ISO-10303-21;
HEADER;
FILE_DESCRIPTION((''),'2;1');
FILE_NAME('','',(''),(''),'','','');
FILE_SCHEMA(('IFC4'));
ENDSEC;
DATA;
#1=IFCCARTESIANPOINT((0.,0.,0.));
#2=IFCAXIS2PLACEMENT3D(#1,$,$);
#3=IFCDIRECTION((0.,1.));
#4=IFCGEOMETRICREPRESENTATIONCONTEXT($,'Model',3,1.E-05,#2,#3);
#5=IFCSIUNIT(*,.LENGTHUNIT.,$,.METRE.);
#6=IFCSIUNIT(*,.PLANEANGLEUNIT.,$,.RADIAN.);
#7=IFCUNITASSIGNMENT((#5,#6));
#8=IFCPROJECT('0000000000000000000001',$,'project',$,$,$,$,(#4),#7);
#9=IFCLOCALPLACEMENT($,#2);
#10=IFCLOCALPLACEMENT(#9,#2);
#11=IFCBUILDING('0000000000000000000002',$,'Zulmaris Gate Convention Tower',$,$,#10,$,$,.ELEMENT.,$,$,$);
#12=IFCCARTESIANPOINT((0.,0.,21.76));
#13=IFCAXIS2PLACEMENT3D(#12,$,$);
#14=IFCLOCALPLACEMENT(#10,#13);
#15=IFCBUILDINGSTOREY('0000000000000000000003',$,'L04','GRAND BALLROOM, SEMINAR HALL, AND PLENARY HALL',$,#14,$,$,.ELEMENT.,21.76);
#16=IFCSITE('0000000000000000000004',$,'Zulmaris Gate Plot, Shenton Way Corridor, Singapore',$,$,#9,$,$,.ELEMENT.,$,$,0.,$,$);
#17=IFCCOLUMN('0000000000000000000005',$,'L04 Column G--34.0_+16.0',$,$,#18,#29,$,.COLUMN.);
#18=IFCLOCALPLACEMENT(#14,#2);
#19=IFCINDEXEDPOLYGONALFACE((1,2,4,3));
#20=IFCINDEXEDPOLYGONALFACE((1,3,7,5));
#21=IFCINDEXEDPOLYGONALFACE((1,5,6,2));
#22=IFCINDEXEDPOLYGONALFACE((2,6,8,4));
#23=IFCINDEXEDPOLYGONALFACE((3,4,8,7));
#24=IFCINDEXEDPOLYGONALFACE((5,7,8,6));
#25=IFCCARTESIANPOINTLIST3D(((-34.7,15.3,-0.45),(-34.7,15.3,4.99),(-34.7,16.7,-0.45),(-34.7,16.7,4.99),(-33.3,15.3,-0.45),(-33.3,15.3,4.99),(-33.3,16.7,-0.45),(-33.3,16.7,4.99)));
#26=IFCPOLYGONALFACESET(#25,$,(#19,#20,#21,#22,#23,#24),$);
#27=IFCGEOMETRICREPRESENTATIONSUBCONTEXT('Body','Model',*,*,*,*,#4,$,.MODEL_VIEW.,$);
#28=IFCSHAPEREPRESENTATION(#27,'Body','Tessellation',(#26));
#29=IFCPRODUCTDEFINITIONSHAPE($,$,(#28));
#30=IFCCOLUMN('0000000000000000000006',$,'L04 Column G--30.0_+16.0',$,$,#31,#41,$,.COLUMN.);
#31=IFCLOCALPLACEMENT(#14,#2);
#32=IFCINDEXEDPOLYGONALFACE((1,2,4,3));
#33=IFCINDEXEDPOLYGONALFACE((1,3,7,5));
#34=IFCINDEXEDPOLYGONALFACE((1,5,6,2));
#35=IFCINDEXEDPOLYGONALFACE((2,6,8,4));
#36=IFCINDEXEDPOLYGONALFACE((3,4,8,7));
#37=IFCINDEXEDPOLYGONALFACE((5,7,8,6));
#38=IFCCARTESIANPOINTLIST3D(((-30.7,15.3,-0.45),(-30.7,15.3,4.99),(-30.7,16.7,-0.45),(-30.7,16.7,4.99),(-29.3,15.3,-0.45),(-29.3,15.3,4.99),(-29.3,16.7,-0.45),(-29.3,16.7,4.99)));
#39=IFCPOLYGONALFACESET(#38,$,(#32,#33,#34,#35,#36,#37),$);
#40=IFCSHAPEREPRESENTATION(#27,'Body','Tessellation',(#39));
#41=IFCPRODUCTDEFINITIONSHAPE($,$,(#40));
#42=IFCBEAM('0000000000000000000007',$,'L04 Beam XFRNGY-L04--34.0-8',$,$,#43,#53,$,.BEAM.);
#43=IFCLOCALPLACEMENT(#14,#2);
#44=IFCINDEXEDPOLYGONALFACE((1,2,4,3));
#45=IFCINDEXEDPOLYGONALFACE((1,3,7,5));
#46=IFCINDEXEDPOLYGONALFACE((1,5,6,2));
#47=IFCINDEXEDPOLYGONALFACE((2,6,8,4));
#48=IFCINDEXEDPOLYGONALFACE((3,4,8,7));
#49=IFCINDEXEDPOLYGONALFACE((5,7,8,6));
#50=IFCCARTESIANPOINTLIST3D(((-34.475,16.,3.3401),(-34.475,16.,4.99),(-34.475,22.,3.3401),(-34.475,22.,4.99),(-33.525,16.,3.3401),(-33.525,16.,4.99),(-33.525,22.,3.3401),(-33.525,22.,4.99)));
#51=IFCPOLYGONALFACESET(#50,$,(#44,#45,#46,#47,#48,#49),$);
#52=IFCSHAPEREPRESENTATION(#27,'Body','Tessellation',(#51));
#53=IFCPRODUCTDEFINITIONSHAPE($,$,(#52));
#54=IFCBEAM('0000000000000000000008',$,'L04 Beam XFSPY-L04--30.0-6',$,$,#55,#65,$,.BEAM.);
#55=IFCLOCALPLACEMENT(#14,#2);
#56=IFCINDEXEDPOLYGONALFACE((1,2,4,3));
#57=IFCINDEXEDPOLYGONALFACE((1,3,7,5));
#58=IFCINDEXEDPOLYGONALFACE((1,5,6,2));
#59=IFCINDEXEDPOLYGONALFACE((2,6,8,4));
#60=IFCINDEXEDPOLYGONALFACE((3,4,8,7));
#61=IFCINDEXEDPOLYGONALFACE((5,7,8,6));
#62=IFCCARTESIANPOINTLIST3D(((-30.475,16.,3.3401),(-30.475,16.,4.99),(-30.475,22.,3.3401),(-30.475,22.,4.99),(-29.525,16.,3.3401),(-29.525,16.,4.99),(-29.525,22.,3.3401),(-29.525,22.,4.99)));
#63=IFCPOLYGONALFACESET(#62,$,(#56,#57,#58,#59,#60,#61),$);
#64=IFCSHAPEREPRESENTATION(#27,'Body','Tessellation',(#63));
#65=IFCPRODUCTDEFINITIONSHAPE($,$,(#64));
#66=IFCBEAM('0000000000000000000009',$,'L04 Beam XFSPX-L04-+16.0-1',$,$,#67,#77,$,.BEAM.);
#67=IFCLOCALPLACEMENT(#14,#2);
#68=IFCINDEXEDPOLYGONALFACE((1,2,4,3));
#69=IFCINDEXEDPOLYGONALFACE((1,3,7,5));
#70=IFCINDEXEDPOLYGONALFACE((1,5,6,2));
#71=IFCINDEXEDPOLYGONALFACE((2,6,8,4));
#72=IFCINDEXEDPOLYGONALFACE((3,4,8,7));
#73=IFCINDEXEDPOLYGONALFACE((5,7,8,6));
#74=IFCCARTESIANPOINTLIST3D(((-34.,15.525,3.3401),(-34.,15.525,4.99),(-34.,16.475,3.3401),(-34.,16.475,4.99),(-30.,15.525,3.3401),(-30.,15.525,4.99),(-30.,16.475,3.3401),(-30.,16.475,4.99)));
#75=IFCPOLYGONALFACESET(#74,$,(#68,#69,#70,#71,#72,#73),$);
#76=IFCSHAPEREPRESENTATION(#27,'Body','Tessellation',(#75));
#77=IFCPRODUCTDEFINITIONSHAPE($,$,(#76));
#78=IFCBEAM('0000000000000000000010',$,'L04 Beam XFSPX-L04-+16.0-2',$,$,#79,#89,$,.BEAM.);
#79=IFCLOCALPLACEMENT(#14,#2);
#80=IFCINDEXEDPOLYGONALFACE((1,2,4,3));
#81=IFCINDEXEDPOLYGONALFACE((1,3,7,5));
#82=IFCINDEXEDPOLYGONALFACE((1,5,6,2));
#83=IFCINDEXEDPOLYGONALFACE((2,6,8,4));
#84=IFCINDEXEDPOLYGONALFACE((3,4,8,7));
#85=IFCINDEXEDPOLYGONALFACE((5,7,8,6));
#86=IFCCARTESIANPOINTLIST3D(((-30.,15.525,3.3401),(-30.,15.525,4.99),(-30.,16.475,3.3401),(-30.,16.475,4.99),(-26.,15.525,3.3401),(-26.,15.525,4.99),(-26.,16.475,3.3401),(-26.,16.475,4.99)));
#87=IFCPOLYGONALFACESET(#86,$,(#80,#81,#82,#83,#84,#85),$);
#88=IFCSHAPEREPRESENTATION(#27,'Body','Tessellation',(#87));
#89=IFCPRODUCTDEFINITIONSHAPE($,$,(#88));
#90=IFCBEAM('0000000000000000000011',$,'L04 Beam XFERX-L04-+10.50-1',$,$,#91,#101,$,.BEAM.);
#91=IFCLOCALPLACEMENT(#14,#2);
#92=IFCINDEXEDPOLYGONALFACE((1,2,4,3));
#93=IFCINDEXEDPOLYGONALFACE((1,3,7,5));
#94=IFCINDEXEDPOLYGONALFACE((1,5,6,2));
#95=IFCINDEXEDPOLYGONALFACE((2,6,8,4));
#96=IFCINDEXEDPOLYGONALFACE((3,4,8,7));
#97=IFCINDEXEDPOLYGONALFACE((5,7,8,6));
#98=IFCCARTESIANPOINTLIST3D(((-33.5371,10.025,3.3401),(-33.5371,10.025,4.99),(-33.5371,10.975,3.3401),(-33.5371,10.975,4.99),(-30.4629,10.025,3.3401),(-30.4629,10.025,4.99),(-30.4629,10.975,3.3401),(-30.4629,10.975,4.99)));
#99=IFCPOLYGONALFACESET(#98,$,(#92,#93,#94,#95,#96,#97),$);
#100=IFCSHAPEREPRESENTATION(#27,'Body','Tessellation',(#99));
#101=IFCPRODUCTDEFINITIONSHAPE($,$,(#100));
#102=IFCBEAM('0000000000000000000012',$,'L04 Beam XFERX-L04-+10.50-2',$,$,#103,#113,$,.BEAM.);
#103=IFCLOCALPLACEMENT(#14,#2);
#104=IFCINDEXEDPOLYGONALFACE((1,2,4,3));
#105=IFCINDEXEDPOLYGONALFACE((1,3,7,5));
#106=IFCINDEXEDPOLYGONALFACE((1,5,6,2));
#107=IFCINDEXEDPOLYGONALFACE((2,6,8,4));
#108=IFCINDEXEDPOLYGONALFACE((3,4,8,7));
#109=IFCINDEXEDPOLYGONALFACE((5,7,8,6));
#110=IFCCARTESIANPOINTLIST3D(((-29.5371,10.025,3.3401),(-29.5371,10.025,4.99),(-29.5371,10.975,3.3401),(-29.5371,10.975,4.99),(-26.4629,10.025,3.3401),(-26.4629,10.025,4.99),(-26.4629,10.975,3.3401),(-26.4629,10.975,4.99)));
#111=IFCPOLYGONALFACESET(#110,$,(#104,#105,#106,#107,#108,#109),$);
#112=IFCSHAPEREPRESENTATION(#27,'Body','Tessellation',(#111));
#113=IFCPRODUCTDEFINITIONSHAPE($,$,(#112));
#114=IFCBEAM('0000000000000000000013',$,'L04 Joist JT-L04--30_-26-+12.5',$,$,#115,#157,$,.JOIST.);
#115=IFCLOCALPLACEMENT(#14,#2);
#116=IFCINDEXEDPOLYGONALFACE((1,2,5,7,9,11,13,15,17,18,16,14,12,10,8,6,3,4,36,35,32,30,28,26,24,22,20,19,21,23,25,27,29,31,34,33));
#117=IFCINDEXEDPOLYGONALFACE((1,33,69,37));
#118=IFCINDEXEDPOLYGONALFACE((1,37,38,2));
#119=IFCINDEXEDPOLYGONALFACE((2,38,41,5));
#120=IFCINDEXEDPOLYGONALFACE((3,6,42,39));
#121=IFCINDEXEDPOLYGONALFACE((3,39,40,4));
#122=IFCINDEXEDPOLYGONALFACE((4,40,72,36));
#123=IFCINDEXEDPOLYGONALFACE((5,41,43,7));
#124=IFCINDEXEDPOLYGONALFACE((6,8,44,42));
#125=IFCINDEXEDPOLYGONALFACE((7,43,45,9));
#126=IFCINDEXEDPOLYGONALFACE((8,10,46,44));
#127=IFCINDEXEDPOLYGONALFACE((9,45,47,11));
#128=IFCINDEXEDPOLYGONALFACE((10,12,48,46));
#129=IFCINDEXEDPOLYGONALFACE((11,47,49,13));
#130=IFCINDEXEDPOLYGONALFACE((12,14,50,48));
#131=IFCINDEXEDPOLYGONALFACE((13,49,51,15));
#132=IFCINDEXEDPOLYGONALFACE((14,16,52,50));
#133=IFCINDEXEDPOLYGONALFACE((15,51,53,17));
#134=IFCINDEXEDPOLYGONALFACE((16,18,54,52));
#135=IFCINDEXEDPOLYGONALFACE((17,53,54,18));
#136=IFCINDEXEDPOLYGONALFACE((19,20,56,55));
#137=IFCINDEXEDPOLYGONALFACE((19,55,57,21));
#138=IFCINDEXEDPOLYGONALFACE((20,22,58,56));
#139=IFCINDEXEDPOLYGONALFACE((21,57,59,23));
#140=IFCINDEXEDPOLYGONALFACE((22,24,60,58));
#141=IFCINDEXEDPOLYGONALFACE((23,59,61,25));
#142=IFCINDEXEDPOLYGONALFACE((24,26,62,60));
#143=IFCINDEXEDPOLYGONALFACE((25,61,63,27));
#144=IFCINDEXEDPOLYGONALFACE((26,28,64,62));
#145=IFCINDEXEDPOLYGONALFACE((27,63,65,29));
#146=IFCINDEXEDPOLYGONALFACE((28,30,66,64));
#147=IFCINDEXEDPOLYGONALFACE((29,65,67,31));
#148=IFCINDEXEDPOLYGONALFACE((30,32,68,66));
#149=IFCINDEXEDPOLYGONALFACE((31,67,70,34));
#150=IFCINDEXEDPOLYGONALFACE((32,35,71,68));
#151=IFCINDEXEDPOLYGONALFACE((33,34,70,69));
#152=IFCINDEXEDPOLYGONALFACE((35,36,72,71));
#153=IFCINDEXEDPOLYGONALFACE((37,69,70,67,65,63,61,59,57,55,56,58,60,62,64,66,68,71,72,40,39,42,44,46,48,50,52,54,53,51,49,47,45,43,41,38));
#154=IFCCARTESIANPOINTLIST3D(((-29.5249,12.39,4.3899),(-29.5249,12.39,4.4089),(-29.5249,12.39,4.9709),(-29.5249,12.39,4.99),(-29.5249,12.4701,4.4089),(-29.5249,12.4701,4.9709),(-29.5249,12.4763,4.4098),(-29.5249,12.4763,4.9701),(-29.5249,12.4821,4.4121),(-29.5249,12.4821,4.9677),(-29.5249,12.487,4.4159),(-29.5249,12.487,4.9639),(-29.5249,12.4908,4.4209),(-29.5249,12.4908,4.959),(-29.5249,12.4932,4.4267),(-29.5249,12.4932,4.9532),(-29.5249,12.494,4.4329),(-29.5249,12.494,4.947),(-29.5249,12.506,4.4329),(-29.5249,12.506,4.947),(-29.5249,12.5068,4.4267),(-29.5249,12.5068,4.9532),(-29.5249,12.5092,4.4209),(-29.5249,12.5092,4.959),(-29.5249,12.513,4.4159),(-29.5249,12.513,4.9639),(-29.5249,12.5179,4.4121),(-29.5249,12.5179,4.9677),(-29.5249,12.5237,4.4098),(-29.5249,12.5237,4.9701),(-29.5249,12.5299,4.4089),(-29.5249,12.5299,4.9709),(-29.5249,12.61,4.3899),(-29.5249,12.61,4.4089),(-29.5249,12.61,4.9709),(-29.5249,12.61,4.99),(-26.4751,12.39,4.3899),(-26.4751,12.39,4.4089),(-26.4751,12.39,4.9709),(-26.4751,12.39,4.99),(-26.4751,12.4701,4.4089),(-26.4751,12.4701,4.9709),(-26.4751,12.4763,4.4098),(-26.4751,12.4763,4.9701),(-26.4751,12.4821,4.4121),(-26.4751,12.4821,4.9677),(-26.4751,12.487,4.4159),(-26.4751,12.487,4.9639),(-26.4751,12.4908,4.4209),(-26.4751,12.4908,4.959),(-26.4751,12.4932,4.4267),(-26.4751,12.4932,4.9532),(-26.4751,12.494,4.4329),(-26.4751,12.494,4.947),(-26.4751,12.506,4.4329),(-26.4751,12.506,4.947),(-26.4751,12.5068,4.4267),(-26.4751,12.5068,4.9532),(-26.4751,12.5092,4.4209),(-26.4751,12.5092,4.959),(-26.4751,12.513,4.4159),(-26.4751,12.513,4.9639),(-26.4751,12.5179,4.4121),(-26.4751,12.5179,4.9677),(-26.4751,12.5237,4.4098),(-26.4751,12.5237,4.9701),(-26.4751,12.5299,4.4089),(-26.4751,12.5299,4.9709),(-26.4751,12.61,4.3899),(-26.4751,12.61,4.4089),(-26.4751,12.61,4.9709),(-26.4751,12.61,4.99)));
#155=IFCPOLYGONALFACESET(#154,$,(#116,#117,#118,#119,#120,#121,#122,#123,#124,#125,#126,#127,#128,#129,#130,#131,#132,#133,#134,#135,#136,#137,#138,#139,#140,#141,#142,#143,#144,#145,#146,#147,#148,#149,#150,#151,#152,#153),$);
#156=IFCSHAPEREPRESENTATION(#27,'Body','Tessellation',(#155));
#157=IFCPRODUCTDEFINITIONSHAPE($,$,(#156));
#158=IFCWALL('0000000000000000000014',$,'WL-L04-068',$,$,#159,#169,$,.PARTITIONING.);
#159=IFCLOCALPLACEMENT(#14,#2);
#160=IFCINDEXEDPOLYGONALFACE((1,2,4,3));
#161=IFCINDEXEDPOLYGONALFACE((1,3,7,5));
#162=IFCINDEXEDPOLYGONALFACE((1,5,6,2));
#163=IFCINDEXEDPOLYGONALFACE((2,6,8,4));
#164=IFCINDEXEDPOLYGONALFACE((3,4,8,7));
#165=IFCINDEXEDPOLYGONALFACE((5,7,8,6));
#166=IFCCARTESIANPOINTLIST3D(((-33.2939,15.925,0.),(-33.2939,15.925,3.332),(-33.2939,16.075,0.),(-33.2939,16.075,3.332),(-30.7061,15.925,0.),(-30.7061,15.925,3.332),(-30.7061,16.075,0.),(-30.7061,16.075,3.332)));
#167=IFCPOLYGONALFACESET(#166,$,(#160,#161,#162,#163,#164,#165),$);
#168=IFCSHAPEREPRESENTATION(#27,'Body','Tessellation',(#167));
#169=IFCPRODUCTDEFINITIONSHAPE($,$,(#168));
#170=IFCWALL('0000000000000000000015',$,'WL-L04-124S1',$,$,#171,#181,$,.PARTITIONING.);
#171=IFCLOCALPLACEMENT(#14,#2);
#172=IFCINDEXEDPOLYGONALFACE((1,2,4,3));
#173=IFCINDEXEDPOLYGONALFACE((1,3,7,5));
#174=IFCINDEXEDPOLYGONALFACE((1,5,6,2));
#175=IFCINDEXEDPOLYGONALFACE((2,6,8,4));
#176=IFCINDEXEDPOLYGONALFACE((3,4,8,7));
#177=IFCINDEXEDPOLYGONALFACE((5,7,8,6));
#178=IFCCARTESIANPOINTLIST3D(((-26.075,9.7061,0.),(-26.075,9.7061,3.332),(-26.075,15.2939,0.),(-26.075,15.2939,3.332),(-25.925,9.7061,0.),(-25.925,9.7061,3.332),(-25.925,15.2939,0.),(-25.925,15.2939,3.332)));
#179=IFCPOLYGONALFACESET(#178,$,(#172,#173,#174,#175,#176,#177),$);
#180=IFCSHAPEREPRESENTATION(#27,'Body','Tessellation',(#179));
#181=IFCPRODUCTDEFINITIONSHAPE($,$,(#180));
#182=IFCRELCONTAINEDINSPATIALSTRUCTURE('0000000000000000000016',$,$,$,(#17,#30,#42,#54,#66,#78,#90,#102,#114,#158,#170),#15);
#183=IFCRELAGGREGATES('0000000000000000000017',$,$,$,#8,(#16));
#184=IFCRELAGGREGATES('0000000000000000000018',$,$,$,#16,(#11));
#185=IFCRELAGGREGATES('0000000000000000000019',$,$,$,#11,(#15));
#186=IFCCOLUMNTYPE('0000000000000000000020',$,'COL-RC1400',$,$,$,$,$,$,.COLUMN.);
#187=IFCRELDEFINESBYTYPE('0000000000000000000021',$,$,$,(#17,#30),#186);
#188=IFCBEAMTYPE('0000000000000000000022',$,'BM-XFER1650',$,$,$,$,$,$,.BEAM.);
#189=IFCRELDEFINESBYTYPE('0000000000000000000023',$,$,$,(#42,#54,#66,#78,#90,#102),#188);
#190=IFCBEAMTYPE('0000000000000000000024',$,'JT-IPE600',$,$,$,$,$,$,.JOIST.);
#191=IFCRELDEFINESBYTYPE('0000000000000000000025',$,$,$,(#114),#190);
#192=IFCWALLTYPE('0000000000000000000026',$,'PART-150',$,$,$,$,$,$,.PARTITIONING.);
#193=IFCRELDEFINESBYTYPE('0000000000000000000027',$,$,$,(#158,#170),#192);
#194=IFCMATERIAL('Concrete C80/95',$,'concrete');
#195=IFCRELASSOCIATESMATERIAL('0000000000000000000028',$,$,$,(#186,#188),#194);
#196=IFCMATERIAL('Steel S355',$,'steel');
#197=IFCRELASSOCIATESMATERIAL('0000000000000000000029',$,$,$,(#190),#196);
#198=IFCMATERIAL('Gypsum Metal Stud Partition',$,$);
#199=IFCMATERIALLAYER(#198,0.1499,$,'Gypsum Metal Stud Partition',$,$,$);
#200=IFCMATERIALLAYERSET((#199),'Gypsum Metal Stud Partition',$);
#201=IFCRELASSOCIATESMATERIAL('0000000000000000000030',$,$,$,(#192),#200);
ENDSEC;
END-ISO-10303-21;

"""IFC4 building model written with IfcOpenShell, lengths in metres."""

from ifc_helpers import new_model, si_unit, direction, frame, frame_2d, origin, origin_2d, place, context, subcontext, project, spatial, rectangle, i_section, extrude, material, layer, layer_set, material_profile, profile_set, type_object, element, save


model = new_model("IFC4")

# Units and contexts
model_context = context("Model", 3, precision=1e-05, world=origin(), true_north=direction((0.0, 1.0)))
body_context = subcontext(model_context, "Body", "Model", "MODEL_VIEW")
ifc_project = project(units=[si_unit("LENGTHUNIT", "METRE"), si_unit("PLANEANGLEUNIT", "RADIAN")], contexts=[model_context])

# Site, building, storey
site_placement = place(None, origin())
site = spatial("IfcSite", under=ifc_project, at=site_placement, Name="Zulmaris Gate Plot, Shenton Way Corridor, Singapore", CompositionType="ELEMENT", RefElevation=0.0)
building_placement = place(site_placement, origin())
building = spatial("IfcBuilding", under=site, at=building_placement, Name="Zulmaris Gate Convention Tower", CompositionType="ELEMENT")
storey_placement = place(building_placement, frame((0.0, 0.0, 21.76)))
storey = spatial("IfcBuildingStorey", under=building, at=storey_placement, Name="L04", Description="GRAND BALLROOM, SEMINAR HALL, AND PLENARY HALL", CompositionType="ELEMENT", Elevation=21.76)

# Columns
ifc_material_1 = material(Name="Concrete C80/95", Category="concrete")
ifc_material_profile_1 = material_profile(ifc_material_1, rectangle(XDim=1.3999, YDim=1.3999, at=origin_2d()), Name="RC COL 1400x1400")
ifc_profile_set_1 = profile_set([ifc_material_profile_1], Name="Concrete C80/95")
column_type = type_object("IfcColumnType", Name="COL-RC1400", PredefinedType="COLUMN", material=ifc_profile_set_1)
for number, where, z_axis, x_axis, name in (
    (1, (-34.0, 16.0, -0.45), (0.0, 0.0, 1.0), (1.0, 0.0, 0.0), "L04 Column G--34.0_+16.0"),
    (2, (-30.0, 16.0, -0.45), (0.0, 0.0, 1.0), (1.0, 0.0, 0.0), "L04 Column G--30.0_+16.0"),
):
    element("IfcColumn", number, at=place(storey_placement, frame(where, z_axis=z_axis, x_axis=x_axis)), inside=storey, type_object=column_type, Name=name, PredefinedType="COLUMN", context=body_context, shape_type="SweptSolid", body=[
        extrude(rectangle(XDim=1.3999, YDim=1.3999, at=origin_2d()), origin(), (0.0, 0.0, 1.0), 5.4399),
    ])

# Beams
ifc_material_profile_2 = material_profile(ifc_material_1, rectangle(XDim=0.95, YDim=1.6499, at=origin_2d()), Name="RC TRANSFER 950x1650")
ifc_profile_set_2 = profile_set([ifc_material_profile_2], Name="Concrete C80/95")
beam_type_1 = type_object("IfcBeamType", Name="BM-XFER1650", PredefinedType="BEAM", material=ifc_profile_set_2)
for number, where, z_axis, x_axis, name in (
    (3, (-34.0, 16.0, 4.165), (0.0, 1.0, 0.0), (-1.0, 0.0, 0.0), "L04 Beam XFRNGY-L04--34.0-8"),
    (4, (-30.0, 16.0, 4.165), (0.0, 1.0, 0.0), (-1.0, 0.0, 0.0), "L04 Beam XFSPY-L04--30.0-6"),
):
    element("IfcBeam", number, at=place(storey_placement, frame(where, z_axis=z_axis, x_axis=x_axis)), inside=storey, type_object=beam_type_1, Name=name, PredefinedType="BEAM", context=body_context, shape_type="SweptSolid", body=[
        extrude(rectangle(XDim=0.95, YDim=1.6499, at=origin_2d()), origin(), (0.0, 0.0, 1.0), 6.0),
    ])
for number, where, z_axis, x_axis, name in (
    (5, (-34.0, 16.0, 4.165), (1.0, 0.0, 0.0), (0.0, 1.0, 0.0), "L04 Beam XFSPX-L04-+16.0-1"),
    (6, (-30.0, 16.0, 4.165), (1.0, 0.0, 0.0), (0.0, 1.0, 0.0), "L04 Beam XFSPX-L04-+16.0-2"),
):
    element("IfcBeam", number, at=place(storey_placement, frame(where, z_axis=z_axis, x_axis=x_axis)), inside=storey, type_object=beam_type_1, Name=name, PredefinedType="BEAM", context=body_context, shape_type="SweptSolid", body=[
        extrude(rectangle(XDim=0.95, YDim=1.6499, at=origin_2d()), origin(), (0.0, 0.0, 1.0), 4.0),
    ])
for number, where, z_axis, x_axis, name in (
    (7, (-33.5371, 10.5, 4.165), (1.0, 0.0, 0.0), (0.0, 1.0, 0.0), "L04 Beam XFERX-L04-+10.50-1"),
    (8, (-29.5371, 10.5, 4.165), (1.0, 0.0, 0.0), (0.0, 1.0, 0.0), "L04 Beam XFERX-L04-+10.50-2"),
):
    element("IfcBeam", number, at=place(storey_placement, frame(where, z_axis=z_axis, x_axis=x_axis)), inside=storey, type_object=beam_type_1, Name=name, PredefinedType="BEAM", context=body_context, shape_type="SweptSolid", body=[
        extrude(rectangle(XDim=0.95, YDim=1.6499, at=origin_2d()), origin(), (0.0, 0.0, 1.0), 3.0742),
    ])
ifc_material_2 = material(Name="Steel S355", Category="steel")
ifc_material_profile_3 = material_profile(ifc_material_2, i_section(OverallWidth=0.22, OverallDepth=0.6001, WebThickness=0.012, FlangeThickness=0.019, FilletRadius=0.0239, at=origin_2d()), Name="IPE 600")
ifc_profile_set_3 = profile_set([ifc_material_profile_3], Name="Steel S355")
beam_type_2 = type_object("IfcBeamType", Name="JT-IPE600", PredefinedType="JOIST", material=ifc_profile_set_3)
beam_placement = place(storey_placement, frame((-29.5249, 12.5, 4.6899), z_axis=(1.0, 0.0, 0.0), x_axis=(0.0, 1.0, 0.0)))
element("IfcBeam", 9, at=beam_placement, inside=storey, type_object=beam_type_2, Name="L04 Joist JT-L04--30_-26-+12.5", PredefinedType="JOIST", context=body_context, shape_type="SweptSolid", body=[
    extrude(i_section(OverallWidth=0.22, OverallDepth=0.6001, WebThickness=0.012, FlangeThickness=0.019, FilletRadius=0.0239, at=origin_2d()), origin(), (0.0, 0.0, 1.0), 3.0498),
])

# Wall
ifc_material_3 = material(Name="Gypsum Metal Stud Partition")
ifc_layer_1 = layer(ifc_material_3, 0.1499, Name="Gypsum Metal Stud Partition")
ifc_layer_set_1 = layer_set([ifc_layer_1], Name="Gypsum Metal Stud Partition")
wall_type_1 = type_object("IfcWallType", Name="PART-150", PredefinedType="PARTITIONING", material=ifc_layer_set_1)
wall_1_placement = place(storey_placement, frame((-33.2939, 16.0, 0.0), z_axis=(0.0, 0.0, 1.0), x_axis=(1.0, 0.0, 0.0)))
element("IfcWall", 10, at=wall_1_placement, inside=storey, type_object=wall_type_1, Name="WL-L04-068", PredefinedType="PARTITIONING", context=body_context, shape_type="SweptSolid", body=[
    extrude(rectangle(XDim=2.5879, YDim=0.1499, at=frame_2d((1.2939, 0.0))), origin(), (0.0, 0.0, 1.0), 3.332),
])

# Wall
wall_2_placement = place(storey_placement, frame((-26.0, 9.7061, 0.0), z_axis=(0.0, 0.0, 1.0), x_axis=(0.0, 1.0, 0.0)))
element("IfcWall", 11, at=wall_2_placement, inside=storey, type_object=wall_type_1, Name="WL-L04-124S1", PredefinedType="PARTITIONING", context=body_context, shape_type="SweptSolid", body=[
    extrude(rectangle(XDim=5.5879, YDim=0.1499, at=frame_2d((2.7939, 0.0))), origin(), (0.0, 0.0, 1.0), 3.332),
])

save(model, "model.ifc")
